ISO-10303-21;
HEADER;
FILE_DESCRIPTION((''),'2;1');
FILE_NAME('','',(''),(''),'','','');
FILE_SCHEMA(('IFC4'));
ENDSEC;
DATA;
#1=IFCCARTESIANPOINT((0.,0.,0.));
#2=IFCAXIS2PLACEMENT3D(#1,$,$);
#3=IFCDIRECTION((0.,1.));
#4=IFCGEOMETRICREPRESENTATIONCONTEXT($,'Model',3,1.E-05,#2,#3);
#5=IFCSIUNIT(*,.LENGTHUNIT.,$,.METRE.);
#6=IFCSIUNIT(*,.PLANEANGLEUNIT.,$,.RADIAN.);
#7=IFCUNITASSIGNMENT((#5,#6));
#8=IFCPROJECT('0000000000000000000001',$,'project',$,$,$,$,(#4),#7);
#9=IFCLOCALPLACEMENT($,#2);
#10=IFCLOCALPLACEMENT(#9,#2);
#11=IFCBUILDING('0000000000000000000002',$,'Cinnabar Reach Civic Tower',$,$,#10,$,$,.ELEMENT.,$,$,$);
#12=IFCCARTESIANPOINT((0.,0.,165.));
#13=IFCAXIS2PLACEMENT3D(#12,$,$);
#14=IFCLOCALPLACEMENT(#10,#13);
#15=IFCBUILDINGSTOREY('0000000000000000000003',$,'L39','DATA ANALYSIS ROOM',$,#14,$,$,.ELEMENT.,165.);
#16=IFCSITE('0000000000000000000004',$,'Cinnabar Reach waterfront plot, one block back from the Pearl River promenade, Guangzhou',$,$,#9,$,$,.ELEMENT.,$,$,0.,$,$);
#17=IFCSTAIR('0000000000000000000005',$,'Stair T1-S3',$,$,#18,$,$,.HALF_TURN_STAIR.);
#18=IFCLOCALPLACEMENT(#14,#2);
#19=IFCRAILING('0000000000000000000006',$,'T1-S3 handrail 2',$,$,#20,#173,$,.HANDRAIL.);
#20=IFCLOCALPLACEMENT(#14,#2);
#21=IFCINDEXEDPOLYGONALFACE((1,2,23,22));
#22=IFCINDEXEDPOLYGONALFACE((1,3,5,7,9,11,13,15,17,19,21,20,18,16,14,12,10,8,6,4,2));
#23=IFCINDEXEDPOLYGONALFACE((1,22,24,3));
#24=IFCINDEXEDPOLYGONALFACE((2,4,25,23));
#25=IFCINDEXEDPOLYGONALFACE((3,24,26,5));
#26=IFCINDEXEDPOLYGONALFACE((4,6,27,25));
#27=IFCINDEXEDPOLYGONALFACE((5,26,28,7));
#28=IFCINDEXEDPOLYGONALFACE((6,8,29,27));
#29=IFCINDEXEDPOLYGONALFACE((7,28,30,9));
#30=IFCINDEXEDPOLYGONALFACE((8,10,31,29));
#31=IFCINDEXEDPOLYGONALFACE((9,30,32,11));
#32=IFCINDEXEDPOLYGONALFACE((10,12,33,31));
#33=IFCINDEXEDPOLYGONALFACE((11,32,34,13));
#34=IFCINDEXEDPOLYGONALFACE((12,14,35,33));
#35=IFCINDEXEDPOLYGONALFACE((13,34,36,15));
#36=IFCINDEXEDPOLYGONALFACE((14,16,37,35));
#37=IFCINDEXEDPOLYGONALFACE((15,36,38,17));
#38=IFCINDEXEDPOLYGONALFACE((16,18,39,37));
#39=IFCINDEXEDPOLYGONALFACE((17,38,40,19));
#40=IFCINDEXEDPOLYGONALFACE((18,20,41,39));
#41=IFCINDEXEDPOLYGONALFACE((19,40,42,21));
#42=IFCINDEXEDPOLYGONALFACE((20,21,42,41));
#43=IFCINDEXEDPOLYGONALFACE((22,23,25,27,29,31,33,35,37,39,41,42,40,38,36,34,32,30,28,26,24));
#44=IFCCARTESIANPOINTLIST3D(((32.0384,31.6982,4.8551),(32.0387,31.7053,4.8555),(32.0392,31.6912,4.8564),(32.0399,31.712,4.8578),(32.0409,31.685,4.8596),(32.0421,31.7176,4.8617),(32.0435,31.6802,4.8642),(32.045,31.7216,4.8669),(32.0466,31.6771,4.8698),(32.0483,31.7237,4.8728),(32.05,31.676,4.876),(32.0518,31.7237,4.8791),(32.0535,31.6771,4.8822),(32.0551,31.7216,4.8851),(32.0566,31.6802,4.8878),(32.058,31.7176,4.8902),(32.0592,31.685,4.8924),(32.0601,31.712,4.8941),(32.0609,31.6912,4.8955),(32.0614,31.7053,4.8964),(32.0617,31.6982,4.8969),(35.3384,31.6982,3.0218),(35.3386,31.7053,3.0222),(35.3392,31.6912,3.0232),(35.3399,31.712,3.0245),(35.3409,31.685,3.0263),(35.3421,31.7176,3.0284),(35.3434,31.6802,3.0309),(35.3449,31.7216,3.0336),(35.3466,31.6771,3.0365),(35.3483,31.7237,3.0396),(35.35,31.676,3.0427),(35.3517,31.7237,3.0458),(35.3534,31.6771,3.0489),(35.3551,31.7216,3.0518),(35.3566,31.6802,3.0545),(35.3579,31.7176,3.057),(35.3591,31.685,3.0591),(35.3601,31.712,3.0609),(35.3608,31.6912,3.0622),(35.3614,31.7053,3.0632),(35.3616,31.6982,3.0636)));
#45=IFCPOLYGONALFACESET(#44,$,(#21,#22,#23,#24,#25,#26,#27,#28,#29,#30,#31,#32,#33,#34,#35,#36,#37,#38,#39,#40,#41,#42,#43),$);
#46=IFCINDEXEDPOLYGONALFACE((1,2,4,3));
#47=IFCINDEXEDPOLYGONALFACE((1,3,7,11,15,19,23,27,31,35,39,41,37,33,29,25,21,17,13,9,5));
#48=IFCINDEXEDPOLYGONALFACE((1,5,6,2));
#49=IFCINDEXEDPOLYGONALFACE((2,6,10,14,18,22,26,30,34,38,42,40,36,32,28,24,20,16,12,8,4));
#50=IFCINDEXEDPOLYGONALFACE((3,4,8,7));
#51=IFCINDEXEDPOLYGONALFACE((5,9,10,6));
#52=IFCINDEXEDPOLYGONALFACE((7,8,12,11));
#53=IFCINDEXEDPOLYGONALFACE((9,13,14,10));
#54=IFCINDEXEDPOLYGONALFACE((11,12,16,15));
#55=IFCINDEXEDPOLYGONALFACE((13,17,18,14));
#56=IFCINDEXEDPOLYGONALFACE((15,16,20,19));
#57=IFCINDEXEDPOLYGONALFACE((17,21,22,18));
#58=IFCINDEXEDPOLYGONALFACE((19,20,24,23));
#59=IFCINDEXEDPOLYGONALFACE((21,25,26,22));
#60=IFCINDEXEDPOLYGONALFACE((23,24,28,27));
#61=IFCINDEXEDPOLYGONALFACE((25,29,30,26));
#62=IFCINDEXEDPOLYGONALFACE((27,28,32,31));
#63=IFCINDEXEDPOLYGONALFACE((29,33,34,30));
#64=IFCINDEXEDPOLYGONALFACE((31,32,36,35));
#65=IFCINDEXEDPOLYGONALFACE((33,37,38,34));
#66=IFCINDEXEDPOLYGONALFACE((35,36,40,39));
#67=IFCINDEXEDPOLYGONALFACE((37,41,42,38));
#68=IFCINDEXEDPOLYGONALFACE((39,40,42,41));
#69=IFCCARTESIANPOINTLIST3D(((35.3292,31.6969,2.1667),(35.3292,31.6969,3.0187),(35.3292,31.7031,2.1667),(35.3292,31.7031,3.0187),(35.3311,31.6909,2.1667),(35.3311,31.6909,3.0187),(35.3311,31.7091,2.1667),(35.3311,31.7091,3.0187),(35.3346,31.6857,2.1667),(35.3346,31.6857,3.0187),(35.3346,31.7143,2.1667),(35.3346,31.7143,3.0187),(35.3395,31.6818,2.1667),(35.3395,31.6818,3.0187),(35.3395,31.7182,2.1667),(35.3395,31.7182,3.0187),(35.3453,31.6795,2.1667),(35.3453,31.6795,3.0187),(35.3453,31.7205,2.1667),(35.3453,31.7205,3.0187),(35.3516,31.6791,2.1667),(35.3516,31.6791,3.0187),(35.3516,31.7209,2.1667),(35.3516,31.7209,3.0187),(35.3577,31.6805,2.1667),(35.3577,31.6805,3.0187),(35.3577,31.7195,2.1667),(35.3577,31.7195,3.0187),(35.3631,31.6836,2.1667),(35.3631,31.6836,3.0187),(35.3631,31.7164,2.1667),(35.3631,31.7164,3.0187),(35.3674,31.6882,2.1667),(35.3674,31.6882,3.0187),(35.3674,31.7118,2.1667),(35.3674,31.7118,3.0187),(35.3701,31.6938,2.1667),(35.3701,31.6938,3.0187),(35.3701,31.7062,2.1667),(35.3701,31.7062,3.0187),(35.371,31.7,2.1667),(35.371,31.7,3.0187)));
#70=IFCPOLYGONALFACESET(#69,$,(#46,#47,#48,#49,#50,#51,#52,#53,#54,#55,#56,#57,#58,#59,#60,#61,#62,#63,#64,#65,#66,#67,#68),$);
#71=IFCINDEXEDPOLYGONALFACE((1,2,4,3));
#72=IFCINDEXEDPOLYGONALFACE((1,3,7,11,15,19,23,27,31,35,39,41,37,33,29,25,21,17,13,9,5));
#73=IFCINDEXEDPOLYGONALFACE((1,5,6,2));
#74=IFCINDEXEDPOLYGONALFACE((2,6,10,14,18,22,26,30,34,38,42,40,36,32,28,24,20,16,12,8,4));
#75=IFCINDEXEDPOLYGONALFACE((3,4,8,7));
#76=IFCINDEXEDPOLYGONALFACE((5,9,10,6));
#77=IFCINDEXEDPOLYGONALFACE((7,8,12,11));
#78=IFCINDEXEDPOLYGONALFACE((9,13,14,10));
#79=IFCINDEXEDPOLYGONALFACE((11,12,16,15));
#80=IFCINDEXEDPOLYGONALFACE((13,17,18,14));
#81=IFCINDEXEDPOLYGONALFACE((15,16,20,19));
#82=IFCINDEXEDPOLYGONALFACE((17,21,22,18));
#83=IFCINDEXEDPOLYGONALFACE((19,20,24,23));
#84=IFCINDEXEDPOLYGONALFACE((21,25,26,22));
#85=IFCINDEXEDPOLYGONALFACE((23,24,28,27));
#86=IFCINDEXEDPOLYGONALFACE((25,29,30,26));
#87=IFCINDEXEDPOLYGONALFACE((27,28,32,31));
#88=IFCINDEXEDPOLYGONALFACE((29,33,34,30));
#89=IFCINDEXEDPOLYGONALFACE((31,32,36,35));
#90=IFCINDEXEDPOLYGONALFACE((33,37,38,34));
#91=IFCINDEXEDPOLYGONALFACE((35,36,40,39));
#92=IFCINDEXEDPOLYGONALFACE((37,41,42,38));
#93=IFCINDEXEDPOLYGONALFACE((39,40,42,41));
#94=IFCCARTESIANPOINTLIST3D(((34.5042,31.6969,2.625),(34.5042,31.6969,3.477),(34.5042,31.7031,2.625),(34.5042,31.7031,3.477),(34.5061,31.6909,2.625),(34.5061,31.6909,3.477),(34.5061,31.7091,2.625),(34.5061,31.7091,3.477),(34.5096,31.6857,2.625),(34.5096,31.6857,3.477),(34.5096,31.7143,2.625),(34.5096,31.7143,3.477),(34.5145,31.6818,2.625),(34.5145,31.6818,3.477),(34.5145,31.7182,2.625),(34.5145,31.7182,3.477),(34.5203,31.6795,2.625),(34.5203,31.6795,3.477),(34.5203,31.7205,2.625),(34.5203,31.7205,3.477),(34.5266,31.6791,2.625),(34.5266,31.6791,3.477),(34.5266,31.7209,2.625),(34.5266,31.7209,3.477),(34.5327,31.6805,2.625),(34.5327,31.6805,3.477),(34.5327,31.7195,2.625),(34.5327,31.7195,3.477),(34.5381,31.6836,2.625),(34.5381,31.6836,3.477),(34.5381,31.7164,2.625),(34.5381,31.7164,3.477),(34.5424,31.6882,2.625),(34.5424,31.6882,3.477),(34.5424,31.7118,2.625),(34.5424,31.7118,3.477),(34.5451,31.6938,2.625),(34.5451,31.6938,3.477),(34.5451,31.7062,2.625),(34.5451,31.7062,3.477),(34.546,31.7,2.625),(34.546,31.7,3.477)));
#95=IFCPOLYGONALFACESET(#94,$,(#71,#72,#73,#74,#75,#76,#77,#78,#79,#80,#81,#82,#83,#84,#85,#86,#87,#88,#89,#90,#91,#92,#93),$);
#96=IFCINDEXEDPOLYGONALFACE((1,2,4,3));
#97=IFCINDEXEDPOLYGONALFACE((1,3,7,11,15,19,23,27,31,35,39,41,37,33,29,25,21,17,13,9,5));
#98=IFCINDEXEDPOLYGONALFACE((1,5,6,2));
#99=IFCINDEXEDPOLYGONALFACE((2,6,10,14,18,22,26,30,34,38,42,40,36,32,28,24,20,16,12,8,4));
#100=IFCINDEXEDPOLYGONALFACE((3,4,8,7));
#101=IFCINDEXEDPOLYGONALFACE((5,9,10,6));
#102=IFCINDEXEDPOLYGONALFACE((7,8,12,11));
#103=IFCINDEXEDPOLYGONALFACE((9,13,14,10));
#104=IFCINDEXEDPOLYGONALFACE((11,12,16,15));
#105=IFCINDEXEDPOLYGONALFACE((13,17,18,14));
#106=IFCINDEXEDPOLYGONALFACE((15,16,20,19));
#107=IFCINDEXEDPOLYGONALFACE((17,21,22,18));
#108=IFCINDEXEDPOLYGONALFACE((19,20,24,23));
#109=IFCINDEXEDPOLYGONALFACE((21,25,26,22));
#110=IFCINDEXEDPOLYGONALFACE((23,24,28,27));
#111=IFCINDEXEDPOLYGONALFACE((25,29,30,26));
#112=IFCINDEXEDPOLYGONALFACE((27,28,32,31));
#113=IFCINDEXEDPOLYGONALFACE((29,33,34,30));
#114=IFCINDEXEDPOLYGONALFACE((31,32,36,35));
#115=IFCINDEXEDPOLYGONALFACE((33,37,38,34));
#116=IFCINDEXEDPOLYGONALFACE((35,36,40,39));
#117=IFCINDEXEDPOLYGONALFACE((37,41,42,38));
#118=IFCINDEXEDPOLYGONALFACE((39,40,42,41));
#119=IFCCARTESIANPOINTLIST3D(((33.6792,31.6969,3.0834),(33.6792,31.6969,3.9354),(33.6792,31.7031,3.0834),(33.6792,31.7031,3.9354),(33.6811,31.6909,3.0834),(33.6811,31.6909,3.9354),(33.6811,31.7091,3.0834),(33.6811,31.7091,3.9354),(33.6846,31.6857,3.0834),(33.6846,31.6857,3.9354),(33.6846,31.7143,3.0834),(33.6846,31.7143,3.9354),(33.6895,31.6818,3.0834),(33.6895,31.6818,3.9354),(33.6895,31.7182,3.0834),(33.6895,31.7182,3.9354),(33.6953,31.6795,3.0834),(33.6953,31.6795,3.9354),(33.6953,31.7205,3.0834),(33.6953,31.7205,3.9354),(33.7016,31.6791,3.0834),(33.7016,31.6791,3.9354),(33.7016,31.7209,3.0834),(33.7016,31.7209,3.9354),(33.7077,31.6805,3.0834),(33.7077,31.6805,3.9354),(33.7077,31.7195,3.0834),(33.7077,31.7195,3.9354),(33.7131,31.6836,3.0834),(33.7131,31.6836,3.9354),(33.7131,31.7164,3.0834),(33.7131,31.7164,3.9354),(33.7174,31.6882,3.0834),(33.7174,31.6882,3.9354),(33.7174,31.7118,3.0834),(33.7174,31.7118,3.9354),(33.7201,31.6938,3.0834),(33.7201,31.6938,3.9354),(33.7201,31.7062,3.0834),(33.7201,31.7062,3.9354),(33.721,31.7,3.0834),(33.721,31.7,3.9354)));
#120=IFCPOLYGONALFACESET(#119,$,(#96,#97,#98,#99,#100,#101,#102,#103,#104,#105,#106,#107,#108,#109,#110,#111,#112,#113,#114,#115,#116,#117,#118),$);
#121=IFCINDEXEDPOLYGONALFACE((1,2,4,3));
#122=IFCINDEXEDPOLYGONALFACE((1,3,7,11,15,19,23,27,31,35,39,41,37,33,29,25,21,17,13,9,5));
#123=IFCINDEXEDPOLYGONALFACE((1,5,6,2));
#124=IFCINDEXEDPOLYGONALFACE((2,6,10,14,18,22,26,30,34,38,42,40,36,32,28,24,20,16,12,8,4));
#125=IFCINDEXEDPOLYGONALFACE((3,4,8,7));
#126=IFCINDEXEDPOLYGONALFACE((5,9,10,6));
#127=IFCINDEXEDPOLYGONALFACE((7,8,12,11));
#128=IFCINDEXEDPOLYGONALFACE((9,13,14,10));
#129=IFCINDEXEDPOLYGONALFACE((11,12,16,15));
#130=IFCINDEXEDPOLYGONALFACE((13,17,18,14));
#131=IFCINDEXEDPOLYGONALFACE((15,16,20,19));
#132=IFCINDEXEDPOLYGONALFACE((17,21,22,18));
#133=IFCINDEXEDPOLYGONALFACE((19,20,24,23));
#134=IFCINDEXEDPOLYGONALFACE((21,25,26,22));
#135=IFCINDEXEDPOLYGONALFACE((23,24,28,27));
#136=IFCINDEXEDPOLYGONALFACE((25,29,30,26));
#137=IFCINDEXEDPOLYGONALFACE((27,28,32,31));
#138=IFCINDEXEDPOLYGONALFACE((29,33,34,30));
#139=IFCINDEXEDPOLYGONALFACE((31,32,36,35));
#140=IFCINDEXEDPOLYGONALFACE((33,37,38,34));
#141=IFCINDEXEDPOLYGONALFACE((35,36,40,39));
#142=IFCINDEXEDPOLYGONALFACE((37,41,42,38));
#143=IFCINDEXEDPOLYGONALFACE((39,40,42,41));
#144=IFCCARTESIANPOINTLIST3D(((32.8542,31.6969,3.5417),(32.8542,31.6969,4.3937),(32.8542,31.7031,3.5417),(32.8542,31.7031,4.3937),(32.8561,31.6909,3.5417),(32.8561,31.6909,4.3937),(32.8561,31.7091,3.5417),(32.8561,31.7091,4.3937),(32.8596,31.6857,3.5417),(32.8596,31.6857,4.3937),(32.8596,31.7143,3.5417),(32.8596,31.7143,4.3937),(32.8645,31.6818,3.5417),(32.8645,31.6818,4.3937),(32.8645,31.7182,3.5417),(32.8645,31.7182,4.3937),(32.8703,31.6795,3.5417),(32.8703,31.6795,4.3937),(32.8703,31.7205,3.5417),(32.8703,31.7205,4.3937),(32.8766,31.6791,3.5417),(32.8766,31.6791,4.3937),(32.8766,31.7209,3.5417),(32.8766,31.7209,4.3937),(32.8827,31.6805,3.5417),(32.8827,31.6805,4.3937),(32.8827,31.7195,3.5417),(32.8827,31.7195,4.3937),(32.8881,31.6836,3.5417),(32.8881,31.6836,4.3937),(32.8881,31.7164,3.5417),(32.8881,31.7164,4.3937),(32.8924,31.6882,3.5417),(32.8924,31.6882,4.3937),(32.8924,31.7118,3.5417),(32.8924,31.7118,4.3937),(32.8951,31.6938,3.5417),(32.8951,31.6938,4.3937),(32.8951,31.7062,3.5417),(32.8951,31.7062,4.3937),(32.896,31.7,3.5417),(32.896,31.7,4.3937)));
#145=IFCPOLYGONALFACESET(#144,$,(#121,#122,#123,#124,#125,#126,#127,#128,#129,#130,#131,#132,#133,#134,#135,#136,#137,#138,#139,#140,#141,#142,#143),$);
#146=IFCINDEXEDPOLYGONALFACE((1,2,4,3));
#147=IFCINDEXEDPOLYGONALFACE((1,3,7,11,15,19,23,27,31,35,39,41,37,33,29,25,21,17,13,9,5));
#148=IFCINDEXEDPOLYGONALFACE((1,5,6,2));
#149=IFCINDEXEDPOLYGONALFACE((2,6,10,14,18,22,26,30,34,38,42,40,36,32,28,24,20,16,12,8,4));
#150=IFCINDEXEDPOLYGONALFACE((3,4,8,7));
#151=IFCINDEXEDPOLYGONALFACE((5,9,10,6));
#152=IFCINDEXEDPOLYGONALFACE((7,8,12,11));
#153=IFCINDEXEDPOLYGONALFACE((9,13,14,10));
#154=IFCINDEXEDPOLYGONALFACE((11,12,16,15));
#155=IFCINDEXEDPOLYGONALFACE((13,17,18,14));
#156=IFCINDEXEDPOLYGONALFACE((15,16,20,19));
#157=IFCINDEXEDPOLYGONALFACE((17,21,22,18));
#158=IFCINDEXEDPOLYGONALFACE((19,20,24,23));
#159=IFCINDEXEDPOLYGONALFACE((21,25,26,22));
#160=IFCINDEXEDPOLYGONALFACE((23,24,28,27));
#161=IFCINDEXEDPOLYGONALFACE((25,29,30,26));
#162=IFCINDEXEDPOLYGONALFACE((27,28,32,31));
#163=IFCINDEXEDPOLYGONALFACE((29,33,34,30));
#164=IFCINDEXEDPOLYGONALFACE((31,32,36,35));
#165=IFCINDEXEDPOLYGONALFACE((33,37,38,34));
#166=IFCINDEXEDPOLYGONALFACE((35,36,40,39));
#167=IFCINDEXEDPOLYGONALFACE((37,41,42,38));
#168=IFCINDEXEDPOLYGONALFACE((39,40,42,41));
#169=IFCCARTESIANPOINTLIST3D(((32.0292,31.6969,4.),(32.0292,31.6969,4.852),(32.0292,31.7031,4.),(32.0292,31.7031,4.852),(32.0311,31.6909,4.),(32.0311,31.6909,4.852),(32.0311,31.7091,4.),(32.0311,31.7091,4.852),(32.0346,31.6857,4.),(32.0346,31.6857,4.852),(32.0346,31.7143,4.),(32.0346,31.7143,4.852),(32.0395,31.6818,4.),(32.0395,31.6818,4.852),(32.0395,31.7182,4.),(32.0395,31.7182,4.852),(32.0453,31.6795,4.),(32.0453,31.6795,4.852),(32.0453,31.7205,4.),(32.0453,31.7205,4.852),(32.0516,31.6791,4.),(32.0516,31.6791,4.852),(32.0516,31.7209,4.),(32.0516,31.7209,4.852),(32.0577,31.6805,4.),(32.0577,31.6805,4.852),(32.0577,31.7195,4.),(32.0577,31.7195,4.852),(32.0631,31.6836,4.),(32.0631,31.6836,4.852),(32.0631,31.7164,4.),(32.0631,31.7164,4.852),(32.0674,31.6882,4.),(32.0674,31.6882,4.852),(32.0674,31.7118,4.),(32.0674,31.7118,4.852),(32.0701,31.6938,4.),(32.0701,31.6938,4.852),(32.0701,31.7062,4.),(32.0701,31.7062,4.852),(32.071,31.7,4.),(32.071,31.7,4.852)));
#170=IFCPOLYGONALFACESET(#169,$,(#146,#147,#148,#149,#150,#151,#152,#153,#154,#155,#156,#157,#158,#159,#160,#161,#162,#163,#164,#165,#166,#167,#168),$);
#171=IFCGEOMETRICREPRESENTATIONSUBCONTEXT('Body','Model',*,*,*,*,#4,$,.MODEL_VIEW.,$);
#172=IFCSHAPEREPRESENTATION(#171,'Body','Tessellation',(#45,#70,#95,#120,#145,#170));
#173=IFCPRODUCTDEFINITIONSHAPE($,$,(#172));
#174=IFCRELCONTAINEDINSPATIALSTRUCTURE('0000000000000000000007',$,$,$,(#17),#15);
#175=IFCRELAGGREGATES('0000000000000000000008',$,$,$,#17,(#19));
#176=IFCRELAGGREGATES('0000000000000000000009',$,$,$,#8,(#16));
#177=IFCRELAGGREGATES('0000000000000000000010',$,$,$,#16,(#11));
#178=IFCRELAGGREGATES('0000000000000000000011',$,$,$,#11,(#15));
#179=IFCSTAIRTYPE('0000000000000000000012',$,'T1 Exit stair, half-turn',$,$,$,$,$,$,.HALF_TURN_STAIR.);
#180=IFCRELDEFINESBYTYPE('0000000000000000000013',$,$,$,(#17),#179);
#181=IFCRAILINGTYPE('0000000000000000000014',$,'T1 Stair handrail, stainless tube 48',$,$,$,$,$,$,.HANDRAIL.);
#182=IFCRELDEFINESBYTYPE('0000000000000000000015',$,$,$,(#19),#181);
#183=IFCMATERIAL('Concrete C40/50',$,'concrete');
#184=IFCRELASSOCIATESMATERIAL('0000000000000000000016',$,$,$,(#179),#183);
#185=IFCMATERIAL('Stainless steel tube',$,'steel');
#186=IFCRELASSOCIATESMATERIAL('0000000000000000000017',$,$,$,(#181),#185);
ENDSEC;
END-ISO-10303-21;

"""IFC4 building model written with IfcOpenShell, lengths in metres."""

from ifc_helpers import new_model, si_unit, direction, frame, origin, origin_2d, place, context, subcontext, project, spatial, circle, extrude, material, type_object, element, aggregate, save


model = new_model("IFC4")

# Units and contexts
model_context = context("Model", 3, precision=1e-05, world=origin(), true_north=direction((0.0, 1.0)))
body_context = subcontext(model_context, "Body", "Model", "MODEL_VIEW")
ifc_project = project(units=[si_unit("LENGTHUNIT", "METRE"), si_unit("PLANEANGLEUNIT", "RADIAN")], contexts=[model_context])

# Site, building, storey
site_placement = place(None, origin())
site = spatial("IfcSite", under=ifc_project, at=site_placement, Name="Cinnabar Reach waterfront plot, one block back from the Pearl River promenade, Guangzhou", CompositionType="ELEMENT", RefElevation=0.0)
building_placement = place(site_placement, origin())
building = spatial("IfcBuilding", under=site, at=building_placement, Name="Cinnabar Reach Civic Tower", CompositionType="ELEMENT")
storey_placement = place(building_placement, frame((0.0, 0.0, 165.0)))
storey = spatial("IfcBuildingStorey", under=building, at=storey_placement, Name="L39", Description="DATA ANALYSIS ROOM", CompositionType="ELEMENT", Elevation=165.0)

# Stair, railing
ifc_material_1 = material(Name="Concrete C40/50", Category="concrete")
stair_type = type_object("IfcStairType", Name="T1 Exit stair, half-turn", PredefinedType="HALF_TURN_STAIR", material=ifc_material_1)
stair_placement = place(storey_placement, origin())
stair = element("IfcStair", 1, at=stair_placement, inside=storey, type_object=stair_type, Name="Stair T1-S3", PredefinedType="HALF_TURN_STAIR")
ifc_material_2 = material(Name="Stainless steel tube", Category="steel")
railing_type = type_object("IfcRailingType", Name="T1 Stair handrail, stainless tube 48", PredefinedType="HANDRAIL", material=ifc_material_2)
railing_placement = place(storey_placement, frame((35.35, 31.7, 2.1667)))
railing = element("IfcRailing", 2, at=railing_placement, type_object=railing_type, Name="T1-S3 handrail 2", PredefinedType="HANDRAIL", context=body_context, shape_type="SweptSolid", body=[
    extrude(circle(Radius=0.024, at=origin_2d()), frame((0.0, 0.0, 0.876), z_axis=(-0.874161, 0.0, 0.485636), x_axis=(0.0, -1.0, 0.0)), (0.0, 0.0, 1.0), 3.775),
    extrude(circle(Radius=0.021, at=origin_2d()), origin(), (0.0, 0.0, 1.0), 0.852),
    extrude(circle(Radius=0.021, at=origin_2d()), frame((-0.825, 0.0, 0.4583)), (0.0, 0.0, 1.0), 0.852),
    extrude(circle(Radius=0.021, at=origin_2d()), frame((-1.65, 0.0, 0.9167)), (0.0, 0.0, 1.0), 0.852),
    extrude(circle(Radius=0.021, at=origin_2d()), frame((-2.475, 0.0, 1.375)), (0.0, 0.0, 1.0), 0.852),
    extrude(circle(Radius=0.021, at=origin_2d()), frame((-3.3, 0.0, 1.8333)), (0.0, 0.0, 1.0), 0.852),
])
aggregate(stair, [railing])

save(model, "model.ifc")
